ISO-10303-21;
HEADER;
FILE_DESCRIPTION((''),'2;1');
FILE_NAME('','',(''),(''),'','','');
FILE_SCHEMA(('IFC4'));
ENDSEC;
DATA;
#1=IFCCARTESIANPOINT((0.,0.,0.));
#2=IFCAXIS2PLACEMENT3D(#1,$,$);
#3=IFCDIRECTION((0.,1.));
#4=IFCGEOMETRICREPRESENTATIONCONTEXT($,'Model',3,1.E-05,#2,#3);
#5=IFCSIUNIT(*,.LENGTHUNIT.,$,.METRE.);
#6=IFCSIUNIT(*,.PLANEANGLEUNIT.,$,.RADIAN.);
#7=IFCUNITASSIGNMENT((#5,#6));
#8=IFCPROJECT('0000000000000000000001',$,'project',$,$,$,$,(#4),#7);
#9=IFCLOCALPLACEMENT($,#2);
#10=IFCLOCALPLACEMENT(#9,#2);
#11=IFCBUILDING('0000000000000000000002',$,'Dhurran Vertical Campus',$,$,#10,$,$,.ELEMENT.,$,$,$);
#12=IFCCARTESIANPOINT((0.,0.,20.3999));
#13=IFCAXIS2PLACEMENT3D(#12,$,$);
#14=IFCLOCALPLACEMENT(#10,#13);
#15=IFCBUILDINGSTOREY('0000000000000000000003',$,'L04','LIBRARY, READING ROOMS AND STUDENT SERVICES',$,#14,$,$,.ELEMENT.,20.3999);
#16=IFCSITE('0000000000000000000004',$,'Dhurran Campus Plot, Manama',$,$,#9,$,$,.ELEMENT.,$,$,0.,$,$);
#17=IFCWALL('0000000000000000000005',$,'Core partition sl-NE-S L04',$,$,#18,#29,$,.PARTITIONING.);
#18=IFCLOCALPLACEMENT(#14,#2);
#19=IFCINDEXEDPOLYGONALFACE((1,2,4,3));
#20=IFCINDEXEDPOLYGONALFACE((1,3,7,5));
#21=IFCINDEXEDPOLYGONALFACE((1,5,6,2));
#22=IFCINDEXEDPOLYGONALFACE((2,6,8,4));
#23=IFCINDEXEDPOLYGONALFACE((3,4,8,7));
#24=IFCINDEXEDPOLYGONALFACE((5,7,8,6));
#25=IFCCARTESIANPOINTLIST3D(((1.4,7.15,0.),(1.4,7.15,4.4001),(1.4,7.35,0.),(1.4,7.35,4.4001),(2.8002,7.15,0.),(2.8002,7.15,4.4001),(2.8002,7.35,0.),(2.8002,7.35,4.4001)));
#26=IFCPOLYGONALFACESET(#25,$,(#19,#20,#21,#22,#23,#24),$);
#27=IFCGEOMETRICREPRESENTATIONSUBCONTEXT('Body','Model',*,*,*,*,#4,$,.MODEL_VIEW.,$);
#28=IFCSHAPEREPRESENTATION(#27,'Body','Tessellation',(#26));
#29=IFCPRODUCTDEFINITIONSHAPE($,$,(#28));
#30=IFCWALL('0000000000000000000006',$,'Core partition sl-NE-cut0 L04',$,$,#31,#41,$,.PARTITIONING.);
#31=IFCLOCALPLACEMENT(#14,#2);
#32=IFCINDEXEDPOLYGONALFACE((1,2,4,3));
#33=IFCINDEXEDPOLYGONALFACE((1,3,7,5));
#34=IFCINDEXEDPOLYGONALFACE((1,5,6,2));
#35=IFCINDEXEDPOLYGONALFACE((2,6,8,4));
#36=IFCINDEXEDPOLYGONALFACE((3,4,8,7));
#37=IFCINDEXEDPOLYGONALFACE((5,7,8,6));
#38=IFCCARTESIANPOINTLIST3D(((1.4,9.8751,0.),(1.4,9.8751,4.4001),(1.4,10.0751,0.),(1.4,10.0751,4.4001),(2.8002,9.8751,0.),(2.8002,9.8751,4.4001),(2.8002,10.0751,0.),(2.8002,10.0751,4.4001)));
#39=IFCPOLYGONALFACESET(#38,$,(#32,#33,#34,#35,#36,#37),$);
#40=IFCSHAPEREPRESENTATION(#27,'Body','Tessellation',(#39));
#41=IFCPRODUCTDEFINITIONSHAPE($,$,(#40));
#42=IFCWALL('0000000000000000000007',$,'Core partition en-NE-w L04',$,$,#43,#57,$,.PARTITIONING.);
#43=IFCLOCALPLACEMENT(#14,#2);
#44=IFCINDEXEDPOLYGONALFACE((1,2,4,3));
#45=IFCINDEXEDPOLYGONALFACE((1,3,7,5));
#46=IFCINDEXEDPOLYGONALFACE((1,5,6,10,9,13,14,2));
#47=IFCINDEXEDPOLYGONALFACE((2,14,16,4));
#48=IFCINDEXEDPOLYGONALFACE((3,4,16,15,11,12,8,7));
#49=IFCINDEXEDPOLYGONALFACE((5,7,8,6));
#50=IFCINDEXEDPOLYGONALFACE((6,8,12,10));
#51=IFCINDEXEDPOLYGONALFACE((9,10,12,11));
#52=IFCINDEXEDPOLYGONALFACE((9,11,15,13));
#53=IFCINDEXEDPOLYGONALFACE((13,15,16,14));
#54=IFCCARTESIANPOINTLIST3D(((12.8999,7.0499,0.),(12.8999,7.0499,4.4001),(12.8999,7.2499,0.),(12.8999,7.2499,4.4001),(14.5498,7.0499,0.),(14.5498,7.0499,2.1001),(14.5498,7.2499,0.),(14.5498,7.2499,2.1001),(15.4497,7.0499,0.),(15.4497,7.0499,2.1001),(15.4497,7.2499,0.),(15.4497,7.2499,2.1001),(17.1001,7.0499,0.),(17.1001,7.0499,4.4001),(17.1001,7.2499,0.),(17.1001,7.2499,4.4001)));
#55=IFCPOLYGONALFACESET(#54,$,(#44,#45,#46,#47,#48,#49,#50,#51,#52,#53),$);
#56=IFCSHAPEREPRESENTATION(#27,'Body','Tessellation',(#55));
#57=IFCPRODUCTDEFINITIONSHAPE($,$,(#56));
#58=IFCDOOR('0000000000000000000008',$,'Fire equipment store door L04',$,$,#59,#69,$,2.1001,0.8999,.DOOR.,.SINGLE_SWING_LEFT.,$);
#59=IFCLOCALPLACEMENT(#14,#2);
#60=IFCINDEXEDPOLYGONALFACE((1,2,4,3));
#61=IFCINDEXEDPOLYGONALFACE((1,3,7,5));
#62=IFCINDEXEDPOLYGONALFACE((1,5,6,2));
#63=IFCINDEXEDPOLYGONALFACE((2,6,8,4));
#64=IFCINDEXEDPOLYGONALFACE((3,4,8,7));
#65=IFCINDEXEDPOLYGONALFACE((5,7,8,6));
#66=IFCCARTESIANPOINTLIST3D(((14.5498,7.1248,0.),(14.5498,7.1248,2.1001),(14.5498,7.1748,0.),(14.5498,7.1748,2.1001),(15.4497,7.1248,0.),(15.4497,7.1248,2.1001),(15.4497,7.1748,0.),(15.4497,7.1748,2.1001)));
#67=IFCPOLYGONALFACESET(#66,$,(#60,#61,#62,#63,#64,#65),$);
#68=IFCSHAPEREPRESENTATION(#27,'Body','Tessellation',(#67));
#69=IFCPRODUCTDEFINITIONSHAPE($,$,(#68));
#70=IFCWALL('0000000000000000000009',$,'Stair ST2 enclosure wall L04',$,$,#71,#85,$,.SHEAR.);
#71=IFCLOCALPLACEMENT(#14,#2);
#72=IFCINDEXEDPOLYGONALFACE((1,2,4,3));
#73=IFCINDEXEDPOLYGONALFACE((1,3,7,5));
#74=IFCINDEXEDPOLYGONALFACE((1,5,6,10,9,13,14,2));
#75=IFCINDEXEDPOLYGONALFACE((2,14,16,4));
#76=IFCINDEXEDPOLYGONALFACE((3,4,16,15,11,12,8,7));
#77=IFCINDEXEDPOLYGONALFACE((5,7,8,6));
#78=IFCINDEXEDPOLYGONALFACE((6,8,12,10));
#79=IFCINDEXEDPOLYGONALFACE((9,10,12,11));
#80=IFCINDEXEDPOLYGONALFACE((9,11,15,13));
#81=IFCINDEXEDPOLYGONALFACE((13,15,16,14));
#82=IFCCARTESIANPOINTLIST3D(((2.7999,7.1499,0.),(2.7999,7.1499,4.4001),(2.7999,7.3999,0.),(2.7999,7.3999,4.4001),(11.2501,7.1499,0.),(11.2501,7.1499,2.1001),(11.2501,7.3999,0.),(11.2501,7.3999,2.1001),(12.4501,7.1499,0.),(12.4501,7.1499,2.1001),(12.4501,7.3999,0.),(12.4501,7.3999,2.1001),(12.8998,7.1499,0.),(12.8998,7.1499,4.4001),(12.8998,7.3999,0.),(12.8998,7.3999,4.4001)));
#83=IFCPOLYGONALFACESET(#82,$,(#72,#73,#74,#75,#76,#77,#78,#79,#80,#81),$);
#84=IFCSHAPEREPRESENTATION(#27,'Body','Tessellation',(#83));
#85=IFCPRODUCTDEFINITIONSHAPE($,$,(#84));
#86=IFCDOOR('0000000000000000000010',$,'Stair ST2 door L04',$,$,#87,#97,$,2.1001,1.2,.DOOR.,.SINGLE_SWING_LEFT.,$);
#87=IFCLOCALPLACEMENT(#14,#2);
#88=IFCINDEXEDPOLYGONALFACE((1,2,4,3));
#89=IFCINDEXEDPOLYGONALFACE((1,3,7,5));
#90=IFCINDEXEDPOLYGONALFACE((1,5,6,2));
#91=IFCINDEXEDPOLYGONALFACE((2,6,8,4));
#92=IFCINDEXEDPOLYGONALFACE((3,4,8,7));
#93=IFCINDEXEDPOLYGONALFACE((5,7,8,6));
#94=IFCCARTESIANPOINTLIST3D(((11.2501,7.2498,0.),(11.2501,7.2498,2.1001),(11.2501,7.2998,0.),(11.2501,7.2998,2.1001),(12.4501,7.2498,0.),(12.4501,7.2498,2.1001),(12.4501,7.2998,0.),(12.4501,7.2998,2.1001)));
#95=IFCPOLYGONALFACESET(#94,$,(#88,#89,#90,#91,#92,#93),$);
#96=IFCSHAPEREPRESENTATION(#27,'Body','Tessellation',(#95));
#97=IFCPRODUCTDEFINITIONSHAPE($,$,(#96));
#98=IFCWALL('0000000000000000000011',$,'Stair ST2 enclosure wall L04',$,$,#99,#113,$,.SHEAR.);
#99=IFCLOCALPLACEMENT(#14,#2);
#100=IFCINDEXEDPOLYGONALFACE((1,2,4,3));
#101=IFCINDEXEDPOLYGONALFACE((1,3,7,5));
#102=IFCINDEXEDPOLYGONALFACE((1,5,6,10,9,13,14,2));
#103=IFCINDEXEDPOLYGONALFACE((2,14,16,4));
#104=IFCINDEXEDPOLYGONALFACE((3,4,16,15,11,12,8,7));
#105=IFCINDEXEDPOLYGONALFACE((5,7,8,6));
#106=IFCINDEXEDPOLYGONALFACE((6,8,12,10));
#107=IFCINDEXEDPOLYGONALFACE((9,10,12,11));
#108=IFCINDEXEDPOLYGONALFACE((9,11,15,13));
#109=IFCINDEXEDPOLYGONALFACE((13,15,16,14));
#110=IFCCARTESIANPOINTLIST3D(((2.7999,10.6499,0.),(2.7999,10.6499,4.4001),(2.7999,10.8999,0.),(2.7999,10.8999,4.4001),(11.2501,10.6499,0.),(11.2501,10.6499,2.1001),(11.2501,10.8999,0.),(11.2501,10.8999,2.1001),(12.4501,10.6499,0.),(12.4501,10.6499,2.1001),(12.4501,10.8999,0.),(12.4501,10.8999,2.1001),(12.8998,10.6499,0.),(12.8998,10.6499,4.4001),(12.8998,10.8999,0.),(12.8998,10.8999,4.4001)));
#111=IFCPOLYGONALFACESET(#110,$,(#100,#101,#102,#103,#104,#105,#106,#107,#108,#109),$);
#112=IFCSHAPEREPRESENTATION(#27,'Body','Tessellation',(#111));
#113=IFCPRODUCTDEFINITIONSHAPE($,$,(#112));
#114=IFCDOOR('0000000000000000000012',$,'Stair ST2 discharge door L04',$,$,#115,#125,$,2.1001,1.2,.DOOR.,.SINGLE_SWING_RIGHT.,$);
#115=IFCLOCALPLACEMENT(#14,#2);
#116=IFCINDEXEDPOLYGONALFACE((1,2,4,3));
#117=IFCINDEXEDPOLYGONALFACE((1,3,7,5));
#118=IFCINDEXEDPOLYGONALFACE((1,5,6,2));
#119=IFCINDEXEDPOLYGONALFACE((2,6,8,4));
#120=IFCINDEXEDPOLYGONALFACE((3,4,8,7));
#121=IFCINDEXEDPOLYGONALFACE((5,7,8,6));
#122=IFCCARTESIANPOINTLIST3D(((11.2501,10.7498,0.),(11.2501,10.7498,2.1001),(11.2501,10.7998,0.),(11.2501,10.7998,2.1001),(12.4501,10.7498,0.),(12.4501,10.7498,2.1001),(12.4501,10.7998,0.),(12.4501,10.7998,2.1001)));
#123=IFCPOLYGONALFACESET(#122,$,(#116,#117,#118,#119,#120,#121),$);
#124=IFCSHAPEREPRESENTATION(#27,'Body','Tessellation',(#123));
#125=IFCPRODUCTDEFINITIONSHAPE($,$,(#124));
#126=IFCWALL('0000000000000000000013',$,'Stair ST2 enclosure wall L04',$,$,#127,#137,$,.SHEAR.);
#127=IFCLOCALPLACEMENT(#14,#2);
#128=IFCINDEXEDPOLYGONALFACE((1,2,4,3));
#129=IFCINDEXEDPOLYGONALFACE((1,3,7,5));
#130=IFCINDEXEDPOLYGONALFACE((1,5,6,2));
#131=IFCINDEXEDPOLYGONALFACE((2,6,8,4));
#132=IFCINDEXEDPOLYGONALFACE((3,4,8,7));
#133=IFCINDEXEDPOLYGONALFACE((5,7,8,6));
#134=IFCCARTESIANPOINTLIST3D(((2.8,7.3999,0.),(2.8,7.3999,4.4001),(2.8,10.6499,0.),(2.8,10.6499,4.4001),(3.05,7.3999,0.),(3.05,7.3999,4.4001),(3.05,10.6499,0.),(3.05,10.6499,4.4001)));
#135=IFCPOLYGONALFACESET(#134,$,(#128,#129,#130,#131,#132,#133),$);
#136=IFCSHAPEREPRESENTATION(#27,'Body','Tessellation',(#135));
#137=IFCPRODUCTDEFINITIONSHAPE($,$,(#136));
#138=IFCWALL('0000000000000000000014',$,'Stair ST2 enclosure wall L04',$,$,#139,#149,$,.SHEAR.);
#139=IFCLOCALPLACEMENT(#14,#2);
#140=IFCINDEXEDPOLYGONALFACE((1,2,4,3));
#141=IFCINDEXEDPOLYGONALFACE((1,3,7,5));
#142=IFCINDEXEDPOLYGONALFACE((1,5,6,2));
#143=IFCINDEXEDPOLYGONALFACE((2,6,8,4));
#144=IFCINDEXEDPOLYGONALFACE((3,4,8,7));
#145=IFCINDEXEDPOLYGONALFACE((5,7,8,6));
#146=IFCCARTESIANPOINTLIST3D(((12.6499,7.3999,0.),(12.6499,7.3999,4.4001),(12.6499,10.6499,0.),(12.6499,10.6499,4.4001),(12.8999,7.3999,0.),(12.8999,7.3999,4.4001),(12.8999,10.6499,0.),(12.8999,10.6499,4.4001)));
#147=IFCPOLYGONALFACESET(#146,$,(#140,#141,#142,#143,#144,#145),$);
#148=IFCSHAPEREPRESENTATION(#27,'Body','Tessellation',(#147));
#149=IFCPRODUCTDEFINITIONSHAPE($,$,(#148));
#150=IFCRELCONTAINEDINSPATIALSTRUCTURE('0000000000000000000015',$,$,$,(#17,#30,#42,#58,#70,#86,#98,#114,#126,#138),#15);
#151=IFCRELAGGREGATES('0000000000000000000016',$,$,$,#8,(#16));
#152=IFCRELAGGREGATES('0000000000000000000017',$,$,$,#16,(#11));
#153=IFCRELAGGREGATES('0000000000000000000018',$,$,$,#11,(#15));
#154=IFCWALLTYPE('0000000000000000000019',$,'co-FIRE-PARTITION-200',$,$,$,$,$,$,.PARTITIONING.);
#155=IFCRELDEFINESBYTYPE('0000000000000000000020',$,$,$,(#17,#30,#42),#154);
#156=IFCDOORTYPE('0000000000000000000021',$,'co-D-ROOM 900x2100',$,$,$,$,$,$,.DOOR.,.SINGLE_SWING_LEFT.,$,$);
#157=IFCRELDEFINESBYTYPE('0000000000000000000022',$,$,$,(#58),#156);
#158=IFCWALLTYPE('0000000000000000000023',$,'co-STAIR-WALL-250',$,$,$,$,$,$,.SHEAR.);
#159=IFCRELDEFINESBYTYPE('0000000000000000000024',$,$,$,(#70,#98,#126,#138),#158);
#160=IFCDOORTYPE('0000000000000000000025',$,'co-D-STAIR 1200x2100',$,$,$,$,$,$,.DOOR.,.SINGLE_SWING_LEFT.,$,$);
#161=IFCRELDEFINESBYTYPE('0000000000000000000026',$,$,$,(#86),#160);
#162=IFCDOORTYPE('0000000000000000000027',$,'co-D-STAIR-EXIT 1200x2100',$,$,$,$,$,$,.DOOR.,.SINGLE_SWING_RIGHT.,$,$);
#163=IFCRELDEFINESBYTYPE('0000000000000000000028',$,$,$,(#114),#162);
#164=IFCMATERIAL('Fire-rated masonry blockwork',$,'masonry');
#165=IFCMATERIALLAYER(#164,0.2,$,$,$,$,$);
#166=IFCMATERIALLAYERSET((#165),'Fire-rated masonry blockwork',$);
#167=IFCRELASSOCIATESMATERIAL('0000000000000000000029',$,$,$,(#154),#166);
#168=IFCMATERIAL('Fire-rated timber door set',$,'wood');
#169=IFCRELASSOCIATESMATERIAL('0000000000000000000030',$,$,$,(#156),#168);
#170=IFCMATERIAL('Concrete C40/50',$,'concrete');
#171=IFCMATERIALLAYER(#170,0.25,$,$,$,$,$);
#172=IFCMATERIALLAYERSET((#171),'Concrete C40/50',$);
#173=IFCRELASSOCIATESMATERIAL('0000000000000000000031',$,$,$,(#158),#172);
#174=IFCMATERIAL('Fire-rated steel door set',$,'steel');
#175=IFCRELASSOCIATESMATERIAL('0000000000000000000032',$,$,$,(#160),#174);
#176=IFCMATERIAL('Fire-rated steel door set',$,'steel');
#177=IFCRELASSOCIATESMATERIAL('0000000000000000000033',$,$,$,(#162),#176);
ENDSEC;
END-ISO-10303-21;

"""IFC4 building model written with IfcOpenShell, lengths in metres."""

from ifc_helpers import new_model, si_unit, direction, frame, frame_2d, origin, place, context, subcontext, project, spatial, rectangle, extrude, material, layer, layer_set, type_object, element, fill, save


model = new_model("IFC4")

# Units and contexts
model_context = context("Model", 3, precision=1e-05, world=origin(), true_north=direction((0.0, 1.0)))
body_context = subcontext(model_context, "Body", "Model", "MODEL_VIEW")
ifc_project = project(units=[si_unit("LENGTHUNIT", "METRE"), si_unit("PLANEANGLEUNIT", "RADIAN")], contexts=[model_context])

# Site, building, storey
site_placement = place(None, origin())
site = spatial("IfcSite", under=ifc_project, at=site_placement, Name="Dhurran Campus Plot, Manama", CompositionType="ELEMENT", RefElevation=0.0)
building_placement = place(site_placement, origin())
building = spatial("IfcBuilding", under=site, at=building_placement, Name="Dhurran Vertical Campus", CompositionType="ELEMENT")
storey_placement = place(building_placement, frame((0.0, 0.0, 20.3999)))
storey = spatial("IfcBuildingStorey", under=building, at=storey_placement, Name="L04", Description="LIBRARY, READING ROOMS AND STUDENT SERVICES", CompositionType="ELEMENT", Elevation=20.3999)

# Walls
ifc_material_1 = material(Name="Fire-rated masonry blockwork", Category="masonry")
ifc_layer_1 = layer(ifc_material_1, 0.2)
ifc_layer_set_1 = layer_set([ifc_layer_1], Name="Fire-rated masonry blockwork")
wall_type_1 = type_object("IfcWallType", Name="co-FIRE-PARTITION-200", PredefinedType="PARTITIONING", material=ifc_layer_set_1)
for number, where, z_axis, x_axis, name in (
    (1, (1.3999, 7.25, 0.0), (0.0, 0.0, 1.0), (1.0, 0.0, 0.0), "Core partition sl-NE-S L04"),
    (2, (1.3999, 9.9751, 0.0), (0.0, 0.0, 1.0), (1.0, 0.0, 0.0), "Core partition sl-NE-cut0 L04"),
):
    element("IfcWall", number, at=place(storey_placement, frame(where, z_axis=z_axis, x_axis=x_axis)), inside=storey, type_object=wall_type_1, Name=name, PredefinedType="PARTITIONING", context=body_context, shape_type="SweptSolid", body=[
        extrude(rectangle(XDim=1.4001, YDim=0.2, at=frame_2d((0.7002, 0.0))), origin(), (0.0, 0.0, 1.0), 4.4001),
    ])

# Walls, openings, doors
wall_1_placement = place(storey_placement, frame((12.8999, 7.1499, 0.0), z_axis=(0.0, 0.0, 1.0), x_axis=(1.0, 0.0, 0.0)))
wall_1 = element("IfcWall", 3, at=wall_1_placement, inside=storey, type_object=wall_type_1, Name="Core partition en-NE-w L04", PredefinedType="PARTITIONING", context=body_context, shape_type="SweptSolid", body=[
    extrude(rectangle(XDim=4.2002, YDim=0.2, at=frame_2d((2.1001, 0.0))), origin(), (0.0, 0.0, 1.0), 4.4001),
])
opening_1_placement = place(wall_1_placement, frame((1.6499, 0.0, 0.0)))
opening_1 = element("IfcOpeningElement", 4, at=opening_1_placement, cuts=wall_1, PredefinedType="OPENING", context=body_context, shape_type="SweptSolid", body=[
    extrude(rectangle(XDim=0.8999, YDim=2.1001, at=frame_2d((0.45, 1.05))), frame((0.0, 0.1099, 0.0), z_axis=(0.0, -1.0, 0.0), x_axis=(1.0, 0.0, 0.0)), (0.0, 0.0, 1.0), 0.22),
])
ifc_material_2 = material(Name="Fire-rated timber door set", Category="wood")
door_type_1 = type_object("IfcDoorType", Name="co-D-ROOM 900x2100", OperationType="SINGLE_SWING_LEFT", PredefinedType="DOOR", material=ifc_material_2)
door_1_placement = place(opening_1_placement, origin())
door_1 = element("IfcDoor", 5, at=door_1_placement, inside=storey, type_object=door_type_1, Name="Fire equipment store door L04", OperationType="SINGLE_SWING_LEFT", OverallHeight=2.1001, OverallWidth=0.8999, PredefinedType="DOOR", context=body_context, shape_type="SweptSolid", body=[
    extrude(rectangle(XDim=0.8999, YDim=2.1001, at=frame_2d((0.45, 1.05))), frame((0.0, 0.0249, 0.0), z_axis=(0.0, -1.0, 0.0), x_axis=(1.0, 0.0, 0.0)), (0.0, 0.0, 1.0), 0.05),
])
fill(opening_1, door_1)
ifc_material_3 = material(Name="Concrete C40/50", Category="concrete")
ifc_layer_2 = layer(ifc_material_3, 0.25)
ifc_layer_set_2 = layer_set([ifc_layer_2], Name="Concrete C40/50")
wall_type_2 = type_object("IfcWallType", Name="co-STAIR-WALL-250", PredefinedType="SHEAR", material=ifc_layer_set_2)
wall_2_placement = place(storey_placement, frame((2.8, 7.2749, 0.0), z_axis=(0.0, 0.0, 1.0), x_axis=(1.0, 0.0, 0.0)))
wall_2 = element("IfcWall", 6, at=wall_2_placement, inside=storey, type_object=wall_type_2, Name="Stair ST2 enclosure wall L04", PredefinedType="SHEAR", context=body_context, shape_type="SweptSolid", body=[
    extrude(rectangle(XDim=10.0999, YDim=0.25, at=frame_2d((5.0498, 0.0))), origin(), (0.0, 0.0, 1.0), 4.4001),
])
opening_2_placement = place(wall_2_placement, frame((8.45, 0.0, 0.0)))
opening_2 = element("IfcOpeningElement", 7, at=opening_2_placement, cuts=wall_2, PredefinedType="OPENING", context=body_context, shape_type="SweptSolid", body=[
    extrude(rectangle(XDim=1.2, YDim=2.1001, at=frame_2d((0.6001, 1.05))), frame((0.0, 0.135, 0.0), z_axis=(0.0, -1.0, 0.0), x_axis=(1.0, 0.0, 0.0)), (0.0, 0.0, 1.0), 0.27),
])
ifc_material_4 = material(Name="Fire-rated steel door set", Category="steel")
door_type_2 = type_object("IfcDoorType", Name="co-D-STAIR 1200x2100", OperationType="SINGLE_SWING_LEFT", PredefinedType="DOOR", material=ifc_material_4)
door_2_placement = place(opening_2_placement, origin())
door_2 = element("IfcDoor", 8, at=door_2_placement, inside=storey, type_object=door_type_2, Name="Stair ST2 door L04", OperationType="SINGLE_SWING_LEFT", OverallHeight=2.1001, OverallWidth=1.2, PredefinedType="DOOR", context=body_context, shape_type="SweptSolid", body=[
    extrude(rectangle(XDim=1.2, YDim=2.1001, at=frame_2d((0.6001, 1.05))), frame((0.0, 0.0249, 0.0), z_axis=(0.0, -1.0, 0.0), x_axis=(1.0, 0.0, 0.0)), (0.0, 0.0, 1.0), 0.05),
])
fill(opening_2, door_2)
wall_3_placement = place(storey_placement, frame((2.8, 10.7749, 0.0), z_axis=(0.0, 0.0, 1.0), x_axis=(1.0, 0.0, 0.0)))
wall_3 = element("IfcWall", 9, at=wall_3_placement, inside=storey, type_object=wall_type_2, Name="Stair ST2 enclosure wall L04", PredefinedType="SHEAR", context=body_context, shape_type="SweptSolid", body=[
    extrude(rectangle(XDim=10.0999, YDim=0.25, at=frame_2d((5.0498, 0.0))), origin(), (0.0, 0.0, 1.0), 4.4001),
])
opening_3_placement = place(wall_3_placement, frame((8.45, 0.0, 0.0)))
opening_3 = element("IfcOpeningElement", 10, at=opening_3_placement, cuts=wall_3, PredefinedType="OPENING", context=body_context, shape_type="SweptSolid", body=[
    extrude(rectangle(XDim=1.2, YDim=2.1001, at=frame_2d((0.6001, 1.05))), frame((0.0, 0.135, 0.0), z_axis=(0.0, -1.0, 0.0), x_axis=(1.0, 0.0, 0.0)), (0.0, 0.0, 1.0), 0.27),
])
ifc_material_5 = material(Name="Fire-rated steel door set", Category="steel")
door_type_3 = type_object("IfcDoorType", Name="co-D-STAIR-EXIT 1200x2100", OperationType="SINGLE_SWING_RIGHT", PredefinedType="DOOR", material=ifc_material_5)
door_3_placement = place(opening_3_placement, origin())
door_3 = element("IfcDoor", 11, at=door_3_placement, inside=storey, type_object=door_type_3, Name="Stair ST2 discharge door L04", OperationType="SINGLE_SWING_RIGHT", OverallHeight=2.1001, OverallWidth=1.2, PredefinedType="DOOR", context=body_context, shape_type="SweptSolid", body=[
    extrude(rectangle(XDim=1.2, YDim=2.1001, at=frame_2d((0.6001, 1.05))), frame((0.0, 0.0249, 0.0), z_axis=(0.0, -1.0, 0.0), x_axis=(1.0, 0.0, 0.0)), (0.0, 0.0, 1.0), 0.05),
])
fill(opening_3, door_3)

# Walls
for number, where, z_axis, x_axis, name in (
    (12, (2.925, 7.3999, 0.0), (0.0, 0.0, 1.0), (0.0, 1.0, 0.0), "Stair ST2 enclosure wall L04"),
    (13, (12.7749, 7.3999, 0.0), (0.0, 0.0, 1.0), (0.0, 1.0, 0.0), "Stair ST2 enclosure wall L04"),
):
    element("IfcWall", number, at=place(storey_placement, frame(where, z_axis=z_axis, x_axis=x_axis)), inside=storey, type_object=wall_type_2, Name=name, PredefinedType="SHEAR", context=body_context, shape_type="SweptSolid", body=[
        extrude(rectangle(XDim=3.25, YDim=0.25, at=frame_2d((1.625, 0.0))), origin(), (0.0, 0.0, 1.0), 4.4001),
    ])

save(model, "model.ifc")
